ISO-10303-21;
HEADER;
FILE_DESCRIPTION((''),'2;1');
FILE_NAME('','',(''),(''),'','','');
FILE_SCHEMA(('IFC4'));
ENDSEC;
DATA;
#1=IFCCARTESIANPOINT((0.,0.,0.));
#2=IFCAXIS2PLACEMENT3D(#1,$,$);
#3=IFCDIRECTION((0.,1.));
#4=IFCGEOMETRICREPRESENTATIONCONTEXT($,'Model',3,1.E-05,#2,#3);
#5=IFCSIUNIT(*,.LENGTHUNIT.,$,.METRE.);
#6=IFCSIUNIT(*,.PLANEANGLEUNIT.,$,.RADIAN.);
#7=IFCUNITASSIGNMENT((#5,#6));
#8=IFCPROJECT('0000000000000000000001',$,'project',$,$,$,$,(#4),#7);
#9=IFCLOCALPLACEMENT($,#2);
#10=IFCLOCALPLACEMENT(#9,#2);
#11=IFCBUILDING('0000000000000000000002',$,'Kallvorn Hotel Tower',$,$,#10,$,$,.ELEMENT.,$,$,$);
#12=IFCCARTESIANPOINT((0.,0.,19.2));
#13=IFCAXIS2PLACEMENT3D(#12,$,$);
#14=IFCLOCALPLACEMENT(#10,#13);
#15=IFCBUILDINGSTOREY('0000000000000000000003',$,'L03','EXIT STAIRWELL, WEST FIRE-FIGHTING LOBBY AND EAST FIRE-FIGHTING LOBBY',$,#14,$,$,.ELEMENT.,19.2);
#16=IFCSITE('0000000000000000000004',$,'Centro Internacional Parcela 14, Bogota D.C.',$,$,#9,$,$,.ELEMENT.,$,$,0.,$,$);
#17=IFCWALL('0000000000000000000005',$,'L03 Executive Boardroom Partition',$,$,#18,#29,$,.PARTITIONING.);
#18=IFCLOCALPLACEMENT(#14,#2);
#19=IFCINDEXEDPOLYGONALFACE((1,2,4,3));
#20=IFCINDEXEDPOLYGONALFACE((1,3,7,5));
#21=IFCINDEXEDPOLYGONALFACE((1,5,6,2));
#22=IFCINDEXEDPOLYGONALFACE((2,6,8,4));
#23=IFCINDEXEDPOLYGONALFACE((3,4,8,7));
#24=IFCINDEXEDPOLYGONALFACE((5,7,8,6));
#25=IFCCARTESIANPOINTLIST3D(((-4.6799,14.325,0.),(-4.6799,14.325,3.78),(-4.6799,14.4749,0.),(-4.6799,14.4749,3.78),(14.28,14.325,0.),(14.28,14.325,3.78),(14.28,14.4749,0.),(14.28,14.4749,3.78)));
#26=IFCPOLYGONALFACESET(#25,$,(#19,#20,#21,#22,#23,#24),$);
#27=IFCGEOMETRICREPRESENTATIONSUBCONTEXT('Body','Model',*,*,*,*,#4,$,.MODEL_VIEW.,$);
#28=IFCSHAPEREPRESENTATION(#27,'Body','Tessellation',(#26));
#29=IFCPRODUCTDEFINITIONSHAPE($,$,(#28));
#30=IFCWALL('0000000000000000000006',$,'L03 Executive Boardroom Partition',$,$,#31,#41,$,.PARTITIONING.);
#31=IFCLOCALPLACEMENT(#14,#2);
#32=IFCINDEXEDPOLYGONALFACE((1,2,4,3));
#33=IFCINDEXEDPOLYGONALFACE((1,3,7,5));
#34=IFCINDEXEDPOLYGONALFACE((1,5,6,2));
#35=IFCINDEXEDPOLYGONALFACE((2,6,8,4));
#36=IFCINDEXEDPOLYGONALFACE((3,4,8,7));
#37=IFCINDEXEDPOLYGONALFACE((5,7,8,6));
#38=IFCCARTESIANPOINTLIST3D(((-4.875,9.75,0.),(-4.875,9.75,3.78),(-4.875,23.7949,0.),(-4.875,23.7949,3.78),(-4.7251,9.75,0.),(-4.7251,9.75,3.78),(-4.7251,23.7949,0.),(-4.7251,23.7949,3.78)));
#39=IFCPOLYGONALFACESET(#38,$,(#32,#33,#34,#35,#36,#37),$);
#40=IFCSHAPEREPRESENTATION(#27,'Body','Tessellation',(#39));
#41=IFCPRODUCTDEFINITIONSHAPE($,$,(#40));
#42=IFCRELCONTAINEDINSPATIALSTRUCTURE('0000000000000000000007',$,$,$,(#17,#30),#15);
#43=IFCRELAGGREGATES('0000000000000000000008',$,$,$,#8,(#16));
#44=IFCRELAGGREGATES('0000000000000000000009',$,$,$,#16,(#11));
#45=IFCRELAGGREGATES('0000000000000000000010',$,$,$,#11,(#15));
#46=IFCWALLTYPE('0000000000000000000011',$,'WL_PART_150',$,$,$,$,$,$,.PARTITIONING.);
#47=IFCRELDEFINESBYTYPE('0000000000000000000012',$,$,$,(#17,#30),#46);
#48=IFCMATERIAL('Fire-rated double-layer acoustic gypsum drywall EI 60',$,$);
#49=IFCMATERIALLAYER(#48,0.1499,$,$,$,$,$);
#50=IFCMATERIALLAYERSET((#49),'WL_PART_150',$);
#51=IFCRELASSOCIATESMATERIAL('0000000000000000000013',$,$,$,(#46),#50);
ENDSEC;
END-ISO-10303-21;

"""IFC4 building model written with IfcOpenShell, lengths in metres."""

from ifc_helpers import new_model, si_unit, direction, frame, frame_2d, origin, place, context, subcontext, project, spatial, rectangle, extrude, material, layer, layer_set, type_object, element, save


model = new_model("IFC4")

# Units and contexts
model_context = context("Model", 3, precision=1e-05, world=origin(), true_north=direction((0.0, 1.0)))
body_context = subcontext(model_context, "Body", "Model", "MODEL_VIEW")
ifc_project = project(units=[si_unit("LENGTHUNIT", "METRE"), si_unit("PLANEANGLEUNIT", "RADIAN")], contexts=[model_context])

# Site, building, storey
site_placement = place(None, origin())
site = spatial("IfcSite", under=ifc_project, at=site_placement, Name="Centro Internacional Parcela 14, Bogota D.C.", CompositionType="ELEMENT", RefElevation=0.0)
building_placement = place(site_placement, origin())
building = spatial("IfcBuilding", under=site, at=building_placement, Name="Kallvorn Hotel Tower", CompositionType="ELEMENT")
storey_placement = place(building_placement, frame((0.0, 0.0, 19.2)))
storey = spatial("IfcBuildingStorey", under=building, at=storey_placement, Name="L03", Description="EXIT STAIRWELL, WEST FIRE-FIGHTING LOBBY AND EAST FIRE-FIGHTING LOBBY", CompositionType="ELEMENT", Elevation=19.2)

# Walls
ifc_material_1 = material(Name="Fire-rated double-layer acoustic gypsum drywall EI 60")
ifc_layer_1 = layer(ifc_material_1, 0.1499)
ifc_layer_set_1 = layer_set([ifc_layer_1], Name="WL_PART_150")
wall_type = type_object("IfcWallType", Name="WL_PART_150", PredefinedType="PARTITIONING", material=ifc_layer_set_1)
wall_1_placement = place(storey_placement, frame((-4.6799, 14.3999, 0.0), z_axis=(0.0, 0.0, 1.0), x_axis=(1.0, 0.0, 0.0)))
element("IfcWall", 1, at=wall_1_placement, inside=storey, type_object=wall_type, Name="L03 Executive Boardroom Partition", PredefinedType="PARTITIONING", context=body_context, shape_type="SweptSolid", body=[
    extrude(rectangle(XDim=18.96, YDim=0.1499, at=frame_2d((9.48, 0.0))), origin(), (0.0, 0.0, 1.0), 3.78),
])
wall_2_placement = place(storey_placement, frame((-4.8, 9.75, 0.0), z_axis=(0.0, 0.0, 1.0), x_axis=(0.0, 1.0, 0.0)))
element("IfcWall", 2, at=wall_2_placement, inside=storey, type_object=wall_type, Name="L03 Executive Boardroom Partition", PredefinedType="PARTITIONING", context=body_context, shape_type="SweptSolid", body=[
    extrude(rectangle(XDim=14.0449, YDim=0.1499, at=frame_2d((7.0225, 0.0))), origin(), (0.0, 0.0, 1.0), 3.78),
])

save(model, "model.ifc")
